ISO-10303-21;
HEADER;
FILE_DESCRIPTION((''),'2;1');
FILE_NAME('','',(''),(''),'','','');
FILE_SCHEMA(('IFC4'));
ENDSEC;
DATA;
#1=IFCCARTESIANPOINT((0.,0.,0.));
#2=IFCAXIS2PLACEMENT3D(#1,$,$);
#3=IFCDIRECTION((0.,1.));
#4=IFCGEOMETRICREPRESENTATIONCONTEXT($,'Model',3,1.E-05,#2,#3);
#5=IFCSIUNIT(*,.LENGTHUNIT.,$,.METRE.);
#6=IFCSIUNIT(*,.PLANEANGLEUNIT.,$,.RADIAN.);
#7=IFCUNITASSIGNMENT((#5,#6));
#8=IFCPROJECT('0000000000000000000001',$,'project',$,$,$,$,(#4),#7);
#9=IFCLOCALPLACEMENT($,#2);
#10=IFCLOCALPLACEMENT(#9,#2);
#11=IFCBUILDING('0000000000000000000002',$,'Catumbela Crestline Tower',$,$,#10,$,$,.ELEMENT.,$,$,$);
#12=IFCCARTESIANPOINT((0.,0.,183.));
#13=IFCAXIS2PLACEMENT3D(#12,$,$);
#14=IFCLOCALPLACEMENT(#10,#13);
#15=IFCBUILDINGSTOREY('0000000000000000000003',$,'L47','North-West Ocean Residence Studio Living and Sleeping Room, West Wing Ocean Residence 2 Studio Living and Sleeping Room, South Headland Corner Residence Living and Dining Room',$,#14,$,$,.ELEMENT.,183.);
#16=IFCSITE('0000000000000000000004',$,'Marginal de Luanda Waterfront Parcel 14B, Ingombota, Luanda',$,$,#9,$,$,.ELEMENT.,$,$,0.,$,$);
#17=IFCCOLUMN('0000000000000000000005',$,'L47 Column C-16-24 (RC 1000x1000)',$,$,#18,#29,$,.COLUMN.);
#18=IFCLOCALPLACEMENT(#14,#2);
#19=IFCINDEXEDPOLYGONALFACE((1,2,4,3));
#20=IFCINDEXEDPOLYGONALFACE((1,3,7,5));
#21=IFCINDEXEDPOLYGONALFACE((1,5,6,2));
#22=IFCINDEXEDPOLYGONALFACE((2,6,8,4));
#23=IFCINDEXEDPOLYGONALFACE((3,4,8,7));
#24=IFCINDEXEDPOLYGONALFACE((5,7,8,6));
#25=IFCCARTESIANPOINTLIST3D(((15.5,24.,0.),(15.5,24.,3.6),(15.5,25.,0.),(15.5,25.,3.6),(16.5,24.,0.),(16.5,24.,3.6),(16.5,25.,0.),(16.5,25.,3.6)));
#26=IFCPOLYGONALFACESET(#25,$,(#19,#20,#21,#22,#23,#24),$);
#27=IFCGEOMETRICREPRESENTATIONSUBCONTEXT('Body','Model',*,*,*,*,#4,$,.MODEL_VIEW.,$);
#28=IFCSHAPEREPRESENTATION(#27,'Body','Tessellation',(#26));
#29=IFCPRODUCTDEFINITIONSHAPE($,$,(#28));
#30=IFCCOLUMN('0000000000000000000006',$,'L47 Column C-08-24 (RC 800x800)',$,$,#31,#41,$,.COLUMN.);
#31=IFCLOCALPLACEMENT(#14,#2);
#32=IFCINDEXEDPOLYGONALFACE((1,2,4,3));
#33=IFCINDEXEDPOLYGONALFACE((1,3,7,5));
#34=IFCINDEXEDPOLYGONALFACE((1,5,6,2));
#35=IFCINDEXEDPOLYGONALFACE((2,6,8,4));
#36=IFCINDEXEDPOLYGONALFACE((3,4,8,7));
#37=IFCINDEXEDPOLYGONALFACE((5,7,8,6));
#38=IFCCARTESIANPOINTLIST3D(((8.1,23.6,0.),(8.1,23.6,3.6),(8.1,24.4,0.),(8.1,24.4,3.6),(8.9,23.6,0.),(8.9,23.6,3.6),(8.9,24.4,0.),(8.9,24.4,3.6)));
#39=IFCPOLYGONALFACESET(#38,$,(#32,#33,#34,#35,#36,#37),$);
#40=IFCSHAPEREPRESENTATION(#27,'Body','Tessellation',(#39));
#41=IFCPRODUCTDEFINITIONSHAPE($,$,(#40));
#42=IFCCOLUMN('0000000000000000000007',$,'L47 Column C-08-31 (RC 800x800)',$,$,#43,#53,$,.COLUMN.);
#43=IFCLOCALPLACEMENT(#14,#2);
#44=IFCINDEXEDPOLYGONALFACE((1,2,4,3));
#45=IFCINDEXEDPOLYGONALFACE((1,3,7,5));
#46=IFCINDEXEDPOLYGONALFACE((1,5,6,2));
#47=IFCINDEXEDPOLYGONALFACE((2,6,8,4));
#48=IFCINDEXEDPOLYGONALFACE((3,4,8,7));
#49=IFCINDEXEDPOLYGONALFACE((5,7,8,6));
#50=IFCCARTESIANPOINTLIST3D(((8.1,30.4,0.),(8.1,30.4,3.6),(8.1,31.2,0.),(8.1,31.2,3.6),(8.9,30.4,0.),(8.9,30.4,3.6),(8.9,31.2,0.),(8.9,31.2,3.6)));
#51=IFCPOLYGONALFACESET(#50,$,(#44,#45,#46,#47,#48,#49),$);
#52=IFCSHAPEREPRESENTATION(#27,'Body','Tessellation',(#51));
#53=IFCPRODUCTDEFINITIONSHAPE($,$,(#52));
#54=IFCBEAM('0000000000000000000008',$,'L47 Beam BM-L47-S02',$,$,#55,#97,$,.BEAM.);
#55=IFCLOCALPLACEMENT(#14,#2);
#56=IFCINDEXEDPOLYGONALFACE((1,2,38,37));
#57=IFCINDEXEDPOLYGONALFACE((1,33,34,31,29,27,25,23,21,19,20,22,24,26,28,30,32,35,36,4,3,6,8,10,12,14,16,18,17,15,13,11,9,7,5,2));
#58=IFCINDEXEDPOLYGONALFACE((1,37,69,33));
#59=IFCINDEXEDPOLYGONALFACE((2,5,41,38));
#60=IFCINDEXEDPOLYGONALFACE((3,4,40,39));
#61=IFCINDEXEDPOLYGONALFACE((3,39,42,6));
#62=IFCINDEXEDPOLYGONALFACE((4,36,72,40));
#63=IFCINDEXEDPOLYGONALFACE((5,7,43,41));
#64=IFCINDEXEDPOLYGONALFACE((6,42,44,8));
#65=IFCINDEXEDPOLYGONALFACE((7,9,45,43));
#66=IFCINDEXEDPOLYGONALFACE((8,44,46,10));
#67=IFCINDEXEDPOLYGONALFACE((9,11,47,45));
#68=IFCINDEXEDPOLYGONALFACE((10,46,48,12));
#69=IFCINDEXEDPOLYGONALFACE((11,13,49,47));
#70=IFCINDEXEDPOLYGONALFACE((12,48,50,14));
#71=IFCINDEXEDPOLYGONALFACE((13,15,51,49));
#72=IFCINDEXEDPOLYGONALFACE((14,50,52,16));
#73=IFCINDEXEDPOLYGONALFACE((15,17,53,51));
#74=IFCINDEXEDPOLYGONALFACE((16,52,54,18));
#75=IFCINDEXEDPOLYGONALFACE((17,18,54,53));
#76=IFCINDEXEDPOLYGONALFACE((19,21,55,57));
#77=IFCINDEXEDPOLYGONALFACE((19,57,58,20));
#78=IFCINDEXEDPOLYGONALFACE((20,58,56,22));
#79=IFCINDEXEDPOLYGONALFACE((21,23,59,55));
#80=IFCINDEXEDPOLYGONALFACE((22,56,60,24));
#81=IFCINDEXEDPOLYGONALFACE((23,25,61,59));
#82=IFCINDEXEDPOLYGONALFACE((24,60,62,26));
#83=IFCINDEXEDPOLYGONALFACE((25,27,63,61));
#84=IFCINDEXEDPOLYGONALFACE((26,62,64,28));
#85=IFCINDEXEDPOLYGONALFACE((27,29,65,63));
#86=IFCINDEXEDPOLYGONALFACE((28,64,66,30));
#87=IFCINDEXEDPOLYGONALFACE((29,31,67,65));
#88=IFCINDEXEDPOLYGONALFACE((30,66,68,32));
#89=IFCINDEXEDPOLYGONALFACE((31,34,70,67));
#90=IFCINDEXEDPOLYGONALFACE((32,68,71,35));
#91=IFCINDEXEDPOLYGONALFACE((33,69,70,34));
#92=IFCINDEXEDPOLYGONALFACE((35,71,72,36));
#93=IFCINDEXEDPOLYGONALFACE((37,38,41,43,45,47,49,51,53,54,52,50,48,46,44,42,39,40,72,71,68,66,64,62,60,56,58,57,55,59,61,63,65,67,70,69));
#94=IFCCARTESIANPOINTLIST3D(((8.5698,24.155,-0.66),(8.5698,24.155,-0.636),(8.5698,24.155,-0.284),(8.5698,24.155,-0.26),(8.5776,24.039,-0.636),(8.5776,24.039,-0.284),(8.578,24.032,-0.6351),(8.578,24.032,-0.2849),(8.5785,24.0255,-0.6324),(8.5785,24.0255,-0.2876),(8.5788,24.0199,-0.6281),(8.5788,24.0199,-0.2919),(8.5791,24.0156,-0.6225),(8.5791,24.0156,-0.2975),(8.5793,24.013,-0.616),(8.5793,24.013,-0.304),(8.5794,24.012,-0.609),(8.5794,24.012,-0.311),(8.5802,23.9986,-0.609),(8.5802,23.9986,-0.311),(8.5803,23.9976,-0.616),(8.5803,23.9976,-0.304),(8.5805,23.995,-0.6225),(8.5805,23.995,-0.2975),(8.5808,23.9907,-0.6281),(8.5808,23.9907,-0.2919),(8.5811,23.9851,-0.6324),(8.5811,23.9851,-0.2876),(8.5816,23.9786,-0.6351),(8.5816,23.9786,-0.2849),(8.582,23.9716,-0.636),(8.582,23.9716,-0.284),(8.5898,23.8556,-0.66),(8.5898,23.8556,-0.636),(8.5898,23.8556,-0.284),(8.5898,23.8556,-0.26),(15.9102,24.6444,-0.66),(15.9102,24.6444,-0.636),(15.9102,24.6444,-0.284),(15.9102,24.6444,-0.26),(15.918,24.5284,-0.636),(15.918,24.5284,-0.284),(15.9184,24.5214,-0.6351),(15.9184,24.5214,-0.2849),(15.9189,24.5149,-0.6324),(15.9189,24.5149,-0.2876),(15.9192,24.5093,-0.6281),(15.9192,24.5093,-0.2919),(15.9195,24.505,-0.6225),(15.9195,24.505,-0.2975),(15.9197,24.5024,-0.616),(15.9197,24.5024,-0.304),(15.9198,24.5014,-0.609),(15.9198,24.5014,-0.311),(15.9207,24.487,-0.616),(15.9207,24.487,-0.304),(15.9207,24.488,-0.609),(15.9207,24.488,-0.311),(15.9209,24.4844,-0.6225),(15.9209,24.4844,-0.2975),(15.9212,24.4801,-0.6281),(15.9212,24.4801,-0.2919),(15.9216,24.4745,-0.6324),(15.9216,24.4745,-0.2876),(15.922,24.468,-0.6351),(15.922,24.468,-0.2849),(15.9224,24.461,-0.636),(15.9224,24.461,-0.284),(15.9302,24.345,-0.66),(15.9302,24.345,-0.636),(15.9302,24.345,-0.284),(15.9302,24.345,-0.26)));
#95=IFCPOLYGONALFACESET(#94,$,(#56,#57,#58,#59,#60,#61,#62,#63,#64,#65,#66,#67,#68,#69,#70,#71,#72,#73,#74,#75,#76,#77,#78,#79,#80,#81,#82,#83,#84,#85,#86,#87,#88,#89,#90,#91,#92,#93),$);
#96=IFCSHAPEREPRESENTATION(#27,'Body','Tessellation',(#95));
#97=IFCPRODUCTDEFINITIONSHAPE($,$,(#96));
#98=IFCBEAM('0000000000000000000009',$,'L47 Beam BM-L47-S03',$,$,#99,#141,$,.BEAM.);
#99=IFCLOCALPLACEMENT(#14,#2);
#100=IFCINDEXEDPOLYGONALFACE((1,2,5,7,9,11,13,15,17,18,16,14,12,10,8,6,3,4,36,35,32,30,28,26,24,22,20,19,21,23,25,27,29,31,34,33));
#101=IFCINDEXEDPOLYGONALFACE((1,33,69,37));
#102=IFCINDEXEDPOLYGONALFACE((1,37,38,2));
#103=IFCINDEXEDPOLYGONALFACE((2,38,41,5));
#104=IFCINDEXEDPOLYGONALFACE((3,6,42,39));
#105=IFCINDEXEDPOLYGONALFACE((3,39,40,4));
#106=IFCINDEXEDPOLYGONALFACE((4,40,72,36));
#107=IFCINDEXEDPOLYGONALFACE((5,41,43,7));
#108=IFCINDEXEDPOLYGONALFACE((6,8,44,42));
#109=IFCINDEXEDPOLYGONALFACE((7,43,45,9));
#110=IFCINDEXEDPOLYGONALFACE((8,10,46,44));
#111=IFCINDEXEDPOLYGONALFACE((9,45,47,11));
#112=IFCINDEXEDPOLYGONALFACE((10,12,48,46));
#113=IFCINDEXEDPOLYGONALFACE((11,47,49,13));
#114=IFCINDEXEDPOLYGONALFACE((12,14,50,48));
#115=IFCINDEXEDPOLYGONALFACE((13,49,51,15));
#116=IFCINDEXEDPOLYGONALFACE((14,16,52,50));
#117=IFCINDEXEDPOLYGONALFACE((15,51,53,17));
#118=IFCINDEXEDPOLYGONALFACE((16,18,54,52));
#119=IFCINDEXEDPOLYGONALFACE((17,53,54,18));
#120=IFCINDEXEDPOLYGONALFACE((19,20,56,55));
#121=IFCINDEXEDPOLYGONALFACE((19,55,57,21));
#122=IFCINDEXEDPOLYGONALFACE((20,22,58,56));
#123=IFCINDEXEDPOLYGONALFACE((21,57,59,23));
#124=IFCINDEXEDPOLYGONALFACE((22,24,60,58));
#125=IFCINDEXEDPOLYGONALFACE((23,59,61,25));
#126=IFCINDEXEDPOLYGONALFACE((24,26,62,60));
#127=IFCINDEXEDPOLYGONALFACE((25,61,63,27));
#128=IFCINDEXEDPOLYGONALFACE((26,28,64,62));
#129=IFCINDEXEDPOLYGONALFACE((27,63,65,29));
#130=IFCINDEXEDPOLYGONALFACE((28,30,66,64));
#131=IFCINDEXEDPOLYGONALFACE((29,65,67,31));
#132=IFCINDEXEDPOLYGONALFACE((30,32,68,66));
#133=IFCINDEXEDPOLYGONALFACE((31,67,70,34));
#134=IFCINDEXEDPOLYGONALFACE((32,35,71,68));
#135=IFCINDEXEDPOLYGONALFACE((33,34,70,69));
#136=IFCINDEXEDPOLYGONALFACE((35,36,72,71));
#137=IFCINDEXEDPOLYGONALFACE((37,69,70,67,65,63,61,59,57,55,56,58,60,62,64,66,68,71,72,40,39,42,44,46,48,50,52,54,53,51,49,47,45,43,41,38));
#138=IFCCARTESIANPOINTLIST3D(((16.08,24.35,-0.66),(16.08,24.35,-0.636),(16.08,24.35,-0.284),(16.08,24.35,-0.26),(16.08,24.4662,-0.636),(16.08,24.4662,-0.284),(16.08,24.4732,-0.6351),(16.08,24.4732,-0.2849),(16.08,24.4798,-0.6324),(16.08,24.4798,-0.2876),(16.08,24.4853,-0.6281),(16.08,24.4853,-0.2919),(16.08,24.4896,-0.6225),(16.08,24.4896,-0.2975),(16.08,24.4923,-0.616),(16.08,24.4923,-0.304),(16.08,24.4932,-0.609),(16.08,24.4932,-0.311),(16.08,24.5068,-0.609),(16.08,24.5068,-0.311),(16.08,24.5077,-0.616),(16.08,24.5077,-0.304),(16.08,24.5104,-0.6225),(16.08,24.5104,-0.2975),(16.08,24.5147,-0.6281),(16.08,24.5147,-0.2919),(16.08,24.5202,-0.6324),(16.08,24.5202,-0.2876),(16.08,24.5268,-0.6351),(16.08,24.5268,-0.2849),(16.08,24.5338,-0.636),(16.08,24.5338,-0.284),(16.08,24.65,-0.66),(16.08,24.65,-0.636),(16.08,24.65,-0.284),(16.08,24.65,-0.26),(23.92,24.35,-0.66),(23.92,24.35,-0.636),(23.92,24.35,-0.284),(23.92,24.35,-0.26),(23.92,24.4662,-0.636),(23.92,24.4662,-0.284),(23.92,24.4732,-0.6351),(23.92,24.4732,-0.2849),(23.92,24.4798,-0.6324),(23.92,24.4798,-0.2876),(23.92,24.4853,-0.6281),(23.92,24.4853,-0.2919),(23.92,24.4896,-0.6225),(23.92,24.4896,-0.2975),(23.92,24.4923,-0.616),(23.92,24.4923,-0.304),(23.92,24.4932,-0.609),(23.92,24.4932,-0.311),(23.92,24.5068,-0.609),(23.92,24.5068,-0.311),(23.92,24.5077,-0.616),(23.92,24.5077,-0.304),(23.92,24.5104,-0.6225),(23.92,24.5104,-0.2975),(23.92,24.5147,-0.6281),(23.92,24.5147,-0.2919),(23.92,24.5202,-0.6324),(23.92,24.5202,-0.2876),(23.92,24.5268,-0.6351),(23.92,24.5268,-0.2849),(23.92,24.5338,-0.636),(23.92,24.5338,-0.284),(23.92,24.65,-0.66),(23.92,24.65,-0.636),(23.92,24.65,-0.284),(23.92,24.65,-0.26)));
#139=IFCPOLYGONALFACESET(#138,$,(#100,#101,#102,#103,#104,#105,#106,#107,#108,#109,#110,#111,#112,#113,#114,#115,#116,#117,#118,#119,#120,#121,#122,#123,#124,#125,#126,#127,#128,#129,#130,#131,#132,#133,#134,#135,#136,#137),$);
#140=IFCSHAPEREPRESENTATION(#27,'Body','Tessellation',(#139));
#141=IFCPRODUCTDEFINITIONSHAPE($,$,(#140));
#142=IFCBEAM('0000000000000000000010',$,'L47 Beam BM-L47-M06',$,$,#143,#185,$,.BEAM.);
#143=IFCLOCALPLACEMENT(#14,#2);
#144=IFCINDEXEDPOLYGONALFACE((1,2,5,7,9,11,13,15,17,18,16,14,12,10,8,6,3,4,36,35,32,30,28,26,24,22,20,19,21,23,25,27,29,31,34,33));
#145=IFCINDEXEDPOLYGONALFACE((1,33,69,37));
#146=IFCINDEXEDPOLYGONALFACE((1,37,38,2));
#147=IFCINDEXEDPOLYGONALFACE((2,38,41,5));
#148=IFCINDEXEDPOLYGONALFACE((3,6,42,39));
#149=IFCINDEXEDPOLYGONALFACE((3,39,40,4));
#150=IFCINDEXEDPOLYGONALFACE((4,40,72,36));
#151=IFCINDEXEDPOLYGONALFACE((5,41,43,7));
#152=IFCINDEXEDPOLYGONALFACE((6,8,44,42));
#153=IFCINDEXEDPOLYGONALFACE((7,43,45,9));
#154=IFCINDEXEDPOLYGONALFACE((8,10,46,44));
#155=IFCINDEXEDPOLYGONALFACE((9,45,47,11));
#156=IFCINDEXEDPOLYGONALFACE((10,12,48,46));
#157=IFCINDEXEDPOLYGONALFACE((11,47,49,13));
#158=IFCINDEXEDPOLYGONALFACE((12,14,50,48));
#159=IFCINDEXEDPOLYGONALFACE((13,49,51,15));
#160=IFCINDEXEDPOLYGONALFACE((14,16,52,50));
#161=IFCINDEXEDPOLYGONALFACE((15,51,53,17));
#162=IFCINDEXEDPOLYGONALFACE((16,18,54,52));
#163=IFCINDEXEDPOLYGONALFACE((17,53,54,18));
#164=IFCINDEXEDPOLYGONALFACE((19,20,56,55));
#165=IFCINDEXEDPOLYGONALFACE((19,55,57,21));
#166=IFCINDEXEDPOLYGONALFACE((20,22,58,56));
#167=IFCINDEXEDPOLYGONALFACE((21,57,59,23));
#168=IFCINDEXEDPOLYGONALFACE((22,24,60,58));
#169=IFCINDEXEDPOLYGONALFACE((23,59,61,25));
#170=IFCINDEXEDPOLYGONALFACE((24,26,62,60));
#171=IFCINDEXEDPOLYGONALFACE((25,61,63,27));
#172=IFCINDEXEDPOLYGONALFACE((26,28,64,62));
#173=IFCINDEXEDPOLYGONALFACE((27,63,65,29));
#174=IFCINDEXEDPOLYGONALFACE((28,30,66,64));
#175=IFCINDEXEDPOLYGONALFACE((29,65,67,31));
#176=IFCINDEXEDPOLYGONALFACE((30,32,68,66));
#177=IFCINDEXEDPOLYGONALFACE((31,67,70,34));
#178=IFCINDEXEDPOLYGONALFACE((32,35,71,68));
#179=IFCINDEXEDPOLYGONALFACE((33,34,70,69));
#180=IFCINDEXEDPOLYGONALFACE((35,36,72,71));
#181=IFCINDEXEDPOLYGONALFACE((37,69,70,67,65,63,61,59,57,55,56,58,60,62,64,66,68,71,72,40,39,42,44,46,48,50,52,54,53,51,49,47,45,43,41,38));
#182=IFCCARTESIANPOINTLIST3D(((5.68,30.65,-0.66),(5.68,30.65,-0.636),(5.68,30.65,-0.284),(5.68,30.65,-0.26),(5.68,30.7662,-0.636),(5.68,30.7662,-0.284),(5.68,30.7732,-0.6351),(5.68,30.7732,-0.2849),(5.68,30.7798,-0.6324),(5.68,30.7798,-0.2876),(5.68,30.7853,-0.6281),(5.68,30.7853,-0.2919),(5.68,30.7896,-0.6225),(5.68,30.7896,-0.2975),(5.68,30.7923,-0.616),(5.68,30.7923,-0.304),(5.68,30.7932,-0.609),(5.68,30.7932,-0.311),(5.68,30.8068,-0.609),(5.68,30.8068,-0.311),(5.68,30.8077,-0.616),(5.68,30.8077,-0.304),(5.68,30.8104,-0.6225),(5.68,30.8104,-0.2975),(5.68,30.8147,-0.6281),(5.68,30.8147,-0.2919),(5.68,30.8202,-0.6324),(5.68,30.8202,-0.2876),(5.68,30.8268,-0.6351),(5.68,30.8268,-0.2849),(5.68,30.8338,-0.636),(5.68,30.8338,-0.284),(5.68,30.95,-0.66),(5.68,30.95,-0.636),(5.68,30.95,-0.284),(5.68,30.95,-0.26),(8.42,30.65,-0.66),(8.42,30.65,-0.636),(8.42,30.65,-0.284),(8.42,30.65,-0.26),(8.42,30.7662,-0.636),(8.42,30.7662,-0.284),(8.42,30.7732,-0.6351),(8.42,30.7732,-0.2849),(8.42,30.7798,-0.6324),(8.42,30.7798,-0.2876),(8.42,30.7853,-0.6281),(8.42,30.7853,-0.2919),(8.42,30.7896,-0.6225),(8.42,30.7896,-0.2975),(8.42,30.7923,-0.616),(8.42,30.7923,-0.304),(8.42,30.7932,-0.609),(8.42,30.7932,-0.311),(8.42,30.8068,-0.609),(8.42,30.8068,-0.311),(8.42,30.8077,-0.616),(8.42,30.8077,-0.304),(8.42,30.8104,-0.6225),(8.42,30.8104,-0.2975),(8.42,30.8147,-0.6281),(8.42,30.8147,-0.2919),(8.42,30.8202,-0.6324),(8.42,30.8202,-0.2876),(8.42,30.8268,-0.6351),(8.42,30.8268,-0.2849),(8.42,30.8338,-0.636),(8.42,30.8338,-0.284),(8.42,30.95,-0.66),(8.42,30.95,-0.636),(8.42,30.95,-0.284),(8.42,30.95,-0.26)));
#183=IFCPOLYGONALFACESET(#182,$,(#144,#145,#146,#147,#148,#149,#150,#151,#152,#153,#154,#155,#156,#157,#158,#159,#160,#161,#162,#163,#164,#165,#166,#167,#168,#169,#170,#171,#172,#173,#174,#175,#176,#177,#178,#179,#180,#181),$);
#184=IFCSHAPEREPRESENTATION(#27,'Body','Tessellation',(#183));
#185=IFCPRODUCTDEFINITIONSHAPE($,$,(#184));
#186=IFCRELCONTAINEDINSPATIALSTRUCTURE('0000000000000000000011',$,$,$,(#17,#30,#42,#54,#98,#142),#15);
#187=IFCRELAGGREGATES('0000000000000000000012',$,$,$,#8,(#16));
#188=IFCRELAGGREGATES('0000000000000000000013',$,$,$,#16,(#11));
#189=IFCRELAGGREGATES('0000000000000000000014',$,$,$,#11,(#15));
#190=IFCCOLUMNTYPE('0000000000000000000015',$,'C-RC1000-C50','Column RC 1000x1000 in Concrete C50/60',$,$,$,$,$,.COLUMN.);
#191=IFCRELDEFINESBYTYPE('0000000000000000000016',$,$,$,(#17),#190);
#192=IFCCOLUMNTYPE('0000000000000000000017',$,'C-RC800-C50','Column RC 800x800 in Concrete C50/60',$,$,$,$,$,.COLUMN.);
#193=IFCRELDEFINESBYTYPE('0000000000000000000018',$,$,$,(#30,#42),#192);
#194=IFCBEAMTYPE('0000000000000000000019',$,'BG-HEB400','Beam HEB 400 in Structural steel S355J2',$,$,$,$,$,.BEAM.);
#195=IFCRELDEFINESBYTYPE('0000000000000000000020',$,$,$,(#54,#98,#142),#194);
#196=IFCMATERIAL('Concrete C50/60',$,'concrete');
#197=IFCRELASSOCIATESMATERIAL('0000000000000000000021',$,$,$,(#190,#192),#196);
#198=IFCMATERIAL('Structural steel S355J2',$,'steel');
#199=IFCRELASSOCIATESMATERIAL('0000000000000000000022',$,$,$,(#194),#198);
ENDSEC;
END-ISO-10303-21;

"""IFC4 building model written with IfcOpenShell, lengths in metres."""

from ifc_helpers import new_model, si_unit, direction, frame, origin, origin_2d, place, context, subcontext, project, spatial, rectangle, i_section, extrude, material, material_profile, profile_set, type_object, element, save


model = new_model("IFC4")

# Units and contexts
model_context = context("Model", 3, precision=1e-05, world=origin(), true_north=direction((0.0, 1.0)))
body_context = subcontext(model_context, "Body", "Model", "MODEL_VIEW")
ifc_project = project(units=[si_unit("LENGTHUNIT", "METRE"), si_unit("PLANEANGLEUNIT", "RADIAN")], contexts=[model_context])

# Site, building, storey
site_placement = place(None, origin())
site = spatial("IfcSite", under=ifc_project, at=site_placement, Name="Marginal de Luanda Waterfront Parcel 14B, Ingombota, Luanda", CompositionType="ELEMENT", RefElevation=0.0)
building_placement = place(site_placement, origin())
building = spatial("IfcBuilding", under=site, at=building_placement, Name="Catumbela Crestline Tower", CompositionType="ELEMENT")
storey_placement = place(building_placement, frame((0.0, 0.0, 183.0)))
storey = spatial("IfcBuildingStorey", under=building, at=storey_placement, Name="L47", Description="North-West Ocean Residence Studio Living and Sleeping Room, West Wing Ocean Residence 2 Studio Living and Sleeping Room, South Headland Corner Residence Living and Dining Room", CompositionType="ELEMENT", Elevation=183.0)

# Columns
ifc_material_1 = material(Name="Concrete C50/60", Category="concrete")
ifc_material_profile_1 = material_profile(ifc_material_1, rectangle(XDim=1.0, YDim=1.0, at=origin_2d()), Name="RC 1000x1000")
ifc_profile_set_1 = profile_set([ifc_material_profile_1], Name="Concrete C50/60")
column_type_1 = type_object("IfcColumnType", Name="C-RC1000-C50", Description="Column RC 1000x1000 in Concrete C50/60", PredefinedType="COLUMN", material=ifc_profile_set_1)
column_placement = place(storey_placement, frame((16.0, 24.5, 0.0), z_axis=(0.0, 0.0, 1.0), x_axis=(1.0, 0.0, 0.0)))
element("IfcColumn", 1, at=column_placement, inside=storey, type_object=column_type_1, Name="L47 Column C-16-24 (RC 1000x1000)", PredefinedType="COLUMN", context=body_context, shape_type="SweptSolid", body=[
    extrude(rectangle(XDim=1.0, YDim=1.0, at=origin_2d()), origin(), (0.0, 0.0, 1.0), 3.6),
])
ifc_material_profile_2 = material_profile(ifc_material_1, rectangle(XDim=0.8, YDim=0.8, at=origin_2d()), Name="RC 800x800")
ifc_profile_set_2 = profile_set([ifc_material_profile_2], Name="Concrete C50/60")
column_type_2 = type_object("IfcColumnType", Name="C-RC800-C50", Description="Column RC 800x800 in Concrete C50/60", PredefinedType="COLUMN", material=ifc_profile_set_2)
for number, where, z_axis, x_axis, name in (
    (2, (8.5, 24.0, 0.0), (0.0, 0.0, 1.0), (1.0, 0.0, 0.0), "L47 Column C-08-24 (RC 800x800)"),
    (3, (8.5, 30.8, 0.0), (0.0, 0.0, 1.0), (1.0, 0.0, 0.0), "L47 Column C-08-31 (RC 800x800)"),
):
    element("IfcColumn", number, at=place(storey_placement, frame(where, z_axis=z_axis, x_axis=x_axis)), inside=storey, type_object=column_type_2, Name=name, PredefinedType="COLUMN", context=body_context, shape_type="SweptSolid", body=[
        extrude(rectangle(XDim=0.8, YDim=0.8, at=origin_2d()), origin(), (0.0, 0.0, 1.0), 3.6),
    ])

# Beams
ifc_material_2 = material(Name="Structural steel S355J2", Category="steel")
ifc_material_profile_3 = material_profile(ifc_material_2, i_section(OverallWidth=0.3, OverallDepth=0.4, WebThickness=0.0135, FlangeThickness=0.024, FilletRadius=0.027, at=origin_2d()), Name="HEB 400")
ifc_profile_set_3 = profile_set([ifc_material_profile_3], Name="Structural steel S355J2")
beam_type_1 = type_object("IfcBeamType", Name="BG-HEB400", Description="Beam HEB 400 in Structural steel S355J2", PredefinedType="BEAM", material=ifc_profile_set_3)
beam_1_placement = place(storey_placement, frame((8.5798, 24.0053, -0.46), z_axis=(0.997785, 0.066524, 0.0), x_axis=(-0.066524, 0.997785, 0.0)))
element("IfcBeam", 4, at=beam_1_placement, inside=storey, type_object=beam_type_1, Name="L47 Beam BM-L47-S02", PredefinedType="BEAM", context=body_context, shape_type="SweptSolid", body=[
    extrude(i_section(OverallWidth=0.3, OverallDepth=0.4, WebThickness=0.0135, FlangeThickness=0.024, FilletRadius=0.027, at=origin_2d()), origin(), (0.0, 0.0, 1.0), 7.3567),
])
beam_2_placement = place(storey_placement, frame((16.08, 24.5, -0.46), z_axis=(1.0, 0.0, 0.0), x_axis=(0.0, 1.0, 0.0)))
element("IfcBeam", 5, at=beam_2_placement, inside=storey, type_object=beam_type_1, Name="L47 Beam BM-L47-S03", PredefinedType="BEAM", context=body_context, shape_type="SweptSolid", body=[
    extrude(i_section(OverallWidth=0.3, OverallDepth=0.4, WebThickness=0.0135, FlangeThickness=0.024, FilletRadius=0.027, at=origin_2d()), origin(), (0.0, 0.0, 1.0), 7.84),
])
beam_3_placement = place(storey_placement, frame((5.68, 30.8, -0.46), z_axis=(1.0, 0.0, 0.0), x_axis=(0.0, 1.0, 0.0)))
element("IfcBeam", 6, at=beam_3_placement, inside=storey, type_object=beam_type_1, Name="L47 Beam BM-L47-M06", PredefinedType="BEAM", context=body_context, shape_type="SweptSolid", body=[
    extrude(i_section(OverallWidth=0.3, OverallDepth=0.4, WebThickness=0.0135, FlangeThickness=0.024, FilletRadius=0.027, at=origin_2d()), origin(), (0.0, 0.0, 1.0), 2.74),
])

save(model, "model.ifc")
